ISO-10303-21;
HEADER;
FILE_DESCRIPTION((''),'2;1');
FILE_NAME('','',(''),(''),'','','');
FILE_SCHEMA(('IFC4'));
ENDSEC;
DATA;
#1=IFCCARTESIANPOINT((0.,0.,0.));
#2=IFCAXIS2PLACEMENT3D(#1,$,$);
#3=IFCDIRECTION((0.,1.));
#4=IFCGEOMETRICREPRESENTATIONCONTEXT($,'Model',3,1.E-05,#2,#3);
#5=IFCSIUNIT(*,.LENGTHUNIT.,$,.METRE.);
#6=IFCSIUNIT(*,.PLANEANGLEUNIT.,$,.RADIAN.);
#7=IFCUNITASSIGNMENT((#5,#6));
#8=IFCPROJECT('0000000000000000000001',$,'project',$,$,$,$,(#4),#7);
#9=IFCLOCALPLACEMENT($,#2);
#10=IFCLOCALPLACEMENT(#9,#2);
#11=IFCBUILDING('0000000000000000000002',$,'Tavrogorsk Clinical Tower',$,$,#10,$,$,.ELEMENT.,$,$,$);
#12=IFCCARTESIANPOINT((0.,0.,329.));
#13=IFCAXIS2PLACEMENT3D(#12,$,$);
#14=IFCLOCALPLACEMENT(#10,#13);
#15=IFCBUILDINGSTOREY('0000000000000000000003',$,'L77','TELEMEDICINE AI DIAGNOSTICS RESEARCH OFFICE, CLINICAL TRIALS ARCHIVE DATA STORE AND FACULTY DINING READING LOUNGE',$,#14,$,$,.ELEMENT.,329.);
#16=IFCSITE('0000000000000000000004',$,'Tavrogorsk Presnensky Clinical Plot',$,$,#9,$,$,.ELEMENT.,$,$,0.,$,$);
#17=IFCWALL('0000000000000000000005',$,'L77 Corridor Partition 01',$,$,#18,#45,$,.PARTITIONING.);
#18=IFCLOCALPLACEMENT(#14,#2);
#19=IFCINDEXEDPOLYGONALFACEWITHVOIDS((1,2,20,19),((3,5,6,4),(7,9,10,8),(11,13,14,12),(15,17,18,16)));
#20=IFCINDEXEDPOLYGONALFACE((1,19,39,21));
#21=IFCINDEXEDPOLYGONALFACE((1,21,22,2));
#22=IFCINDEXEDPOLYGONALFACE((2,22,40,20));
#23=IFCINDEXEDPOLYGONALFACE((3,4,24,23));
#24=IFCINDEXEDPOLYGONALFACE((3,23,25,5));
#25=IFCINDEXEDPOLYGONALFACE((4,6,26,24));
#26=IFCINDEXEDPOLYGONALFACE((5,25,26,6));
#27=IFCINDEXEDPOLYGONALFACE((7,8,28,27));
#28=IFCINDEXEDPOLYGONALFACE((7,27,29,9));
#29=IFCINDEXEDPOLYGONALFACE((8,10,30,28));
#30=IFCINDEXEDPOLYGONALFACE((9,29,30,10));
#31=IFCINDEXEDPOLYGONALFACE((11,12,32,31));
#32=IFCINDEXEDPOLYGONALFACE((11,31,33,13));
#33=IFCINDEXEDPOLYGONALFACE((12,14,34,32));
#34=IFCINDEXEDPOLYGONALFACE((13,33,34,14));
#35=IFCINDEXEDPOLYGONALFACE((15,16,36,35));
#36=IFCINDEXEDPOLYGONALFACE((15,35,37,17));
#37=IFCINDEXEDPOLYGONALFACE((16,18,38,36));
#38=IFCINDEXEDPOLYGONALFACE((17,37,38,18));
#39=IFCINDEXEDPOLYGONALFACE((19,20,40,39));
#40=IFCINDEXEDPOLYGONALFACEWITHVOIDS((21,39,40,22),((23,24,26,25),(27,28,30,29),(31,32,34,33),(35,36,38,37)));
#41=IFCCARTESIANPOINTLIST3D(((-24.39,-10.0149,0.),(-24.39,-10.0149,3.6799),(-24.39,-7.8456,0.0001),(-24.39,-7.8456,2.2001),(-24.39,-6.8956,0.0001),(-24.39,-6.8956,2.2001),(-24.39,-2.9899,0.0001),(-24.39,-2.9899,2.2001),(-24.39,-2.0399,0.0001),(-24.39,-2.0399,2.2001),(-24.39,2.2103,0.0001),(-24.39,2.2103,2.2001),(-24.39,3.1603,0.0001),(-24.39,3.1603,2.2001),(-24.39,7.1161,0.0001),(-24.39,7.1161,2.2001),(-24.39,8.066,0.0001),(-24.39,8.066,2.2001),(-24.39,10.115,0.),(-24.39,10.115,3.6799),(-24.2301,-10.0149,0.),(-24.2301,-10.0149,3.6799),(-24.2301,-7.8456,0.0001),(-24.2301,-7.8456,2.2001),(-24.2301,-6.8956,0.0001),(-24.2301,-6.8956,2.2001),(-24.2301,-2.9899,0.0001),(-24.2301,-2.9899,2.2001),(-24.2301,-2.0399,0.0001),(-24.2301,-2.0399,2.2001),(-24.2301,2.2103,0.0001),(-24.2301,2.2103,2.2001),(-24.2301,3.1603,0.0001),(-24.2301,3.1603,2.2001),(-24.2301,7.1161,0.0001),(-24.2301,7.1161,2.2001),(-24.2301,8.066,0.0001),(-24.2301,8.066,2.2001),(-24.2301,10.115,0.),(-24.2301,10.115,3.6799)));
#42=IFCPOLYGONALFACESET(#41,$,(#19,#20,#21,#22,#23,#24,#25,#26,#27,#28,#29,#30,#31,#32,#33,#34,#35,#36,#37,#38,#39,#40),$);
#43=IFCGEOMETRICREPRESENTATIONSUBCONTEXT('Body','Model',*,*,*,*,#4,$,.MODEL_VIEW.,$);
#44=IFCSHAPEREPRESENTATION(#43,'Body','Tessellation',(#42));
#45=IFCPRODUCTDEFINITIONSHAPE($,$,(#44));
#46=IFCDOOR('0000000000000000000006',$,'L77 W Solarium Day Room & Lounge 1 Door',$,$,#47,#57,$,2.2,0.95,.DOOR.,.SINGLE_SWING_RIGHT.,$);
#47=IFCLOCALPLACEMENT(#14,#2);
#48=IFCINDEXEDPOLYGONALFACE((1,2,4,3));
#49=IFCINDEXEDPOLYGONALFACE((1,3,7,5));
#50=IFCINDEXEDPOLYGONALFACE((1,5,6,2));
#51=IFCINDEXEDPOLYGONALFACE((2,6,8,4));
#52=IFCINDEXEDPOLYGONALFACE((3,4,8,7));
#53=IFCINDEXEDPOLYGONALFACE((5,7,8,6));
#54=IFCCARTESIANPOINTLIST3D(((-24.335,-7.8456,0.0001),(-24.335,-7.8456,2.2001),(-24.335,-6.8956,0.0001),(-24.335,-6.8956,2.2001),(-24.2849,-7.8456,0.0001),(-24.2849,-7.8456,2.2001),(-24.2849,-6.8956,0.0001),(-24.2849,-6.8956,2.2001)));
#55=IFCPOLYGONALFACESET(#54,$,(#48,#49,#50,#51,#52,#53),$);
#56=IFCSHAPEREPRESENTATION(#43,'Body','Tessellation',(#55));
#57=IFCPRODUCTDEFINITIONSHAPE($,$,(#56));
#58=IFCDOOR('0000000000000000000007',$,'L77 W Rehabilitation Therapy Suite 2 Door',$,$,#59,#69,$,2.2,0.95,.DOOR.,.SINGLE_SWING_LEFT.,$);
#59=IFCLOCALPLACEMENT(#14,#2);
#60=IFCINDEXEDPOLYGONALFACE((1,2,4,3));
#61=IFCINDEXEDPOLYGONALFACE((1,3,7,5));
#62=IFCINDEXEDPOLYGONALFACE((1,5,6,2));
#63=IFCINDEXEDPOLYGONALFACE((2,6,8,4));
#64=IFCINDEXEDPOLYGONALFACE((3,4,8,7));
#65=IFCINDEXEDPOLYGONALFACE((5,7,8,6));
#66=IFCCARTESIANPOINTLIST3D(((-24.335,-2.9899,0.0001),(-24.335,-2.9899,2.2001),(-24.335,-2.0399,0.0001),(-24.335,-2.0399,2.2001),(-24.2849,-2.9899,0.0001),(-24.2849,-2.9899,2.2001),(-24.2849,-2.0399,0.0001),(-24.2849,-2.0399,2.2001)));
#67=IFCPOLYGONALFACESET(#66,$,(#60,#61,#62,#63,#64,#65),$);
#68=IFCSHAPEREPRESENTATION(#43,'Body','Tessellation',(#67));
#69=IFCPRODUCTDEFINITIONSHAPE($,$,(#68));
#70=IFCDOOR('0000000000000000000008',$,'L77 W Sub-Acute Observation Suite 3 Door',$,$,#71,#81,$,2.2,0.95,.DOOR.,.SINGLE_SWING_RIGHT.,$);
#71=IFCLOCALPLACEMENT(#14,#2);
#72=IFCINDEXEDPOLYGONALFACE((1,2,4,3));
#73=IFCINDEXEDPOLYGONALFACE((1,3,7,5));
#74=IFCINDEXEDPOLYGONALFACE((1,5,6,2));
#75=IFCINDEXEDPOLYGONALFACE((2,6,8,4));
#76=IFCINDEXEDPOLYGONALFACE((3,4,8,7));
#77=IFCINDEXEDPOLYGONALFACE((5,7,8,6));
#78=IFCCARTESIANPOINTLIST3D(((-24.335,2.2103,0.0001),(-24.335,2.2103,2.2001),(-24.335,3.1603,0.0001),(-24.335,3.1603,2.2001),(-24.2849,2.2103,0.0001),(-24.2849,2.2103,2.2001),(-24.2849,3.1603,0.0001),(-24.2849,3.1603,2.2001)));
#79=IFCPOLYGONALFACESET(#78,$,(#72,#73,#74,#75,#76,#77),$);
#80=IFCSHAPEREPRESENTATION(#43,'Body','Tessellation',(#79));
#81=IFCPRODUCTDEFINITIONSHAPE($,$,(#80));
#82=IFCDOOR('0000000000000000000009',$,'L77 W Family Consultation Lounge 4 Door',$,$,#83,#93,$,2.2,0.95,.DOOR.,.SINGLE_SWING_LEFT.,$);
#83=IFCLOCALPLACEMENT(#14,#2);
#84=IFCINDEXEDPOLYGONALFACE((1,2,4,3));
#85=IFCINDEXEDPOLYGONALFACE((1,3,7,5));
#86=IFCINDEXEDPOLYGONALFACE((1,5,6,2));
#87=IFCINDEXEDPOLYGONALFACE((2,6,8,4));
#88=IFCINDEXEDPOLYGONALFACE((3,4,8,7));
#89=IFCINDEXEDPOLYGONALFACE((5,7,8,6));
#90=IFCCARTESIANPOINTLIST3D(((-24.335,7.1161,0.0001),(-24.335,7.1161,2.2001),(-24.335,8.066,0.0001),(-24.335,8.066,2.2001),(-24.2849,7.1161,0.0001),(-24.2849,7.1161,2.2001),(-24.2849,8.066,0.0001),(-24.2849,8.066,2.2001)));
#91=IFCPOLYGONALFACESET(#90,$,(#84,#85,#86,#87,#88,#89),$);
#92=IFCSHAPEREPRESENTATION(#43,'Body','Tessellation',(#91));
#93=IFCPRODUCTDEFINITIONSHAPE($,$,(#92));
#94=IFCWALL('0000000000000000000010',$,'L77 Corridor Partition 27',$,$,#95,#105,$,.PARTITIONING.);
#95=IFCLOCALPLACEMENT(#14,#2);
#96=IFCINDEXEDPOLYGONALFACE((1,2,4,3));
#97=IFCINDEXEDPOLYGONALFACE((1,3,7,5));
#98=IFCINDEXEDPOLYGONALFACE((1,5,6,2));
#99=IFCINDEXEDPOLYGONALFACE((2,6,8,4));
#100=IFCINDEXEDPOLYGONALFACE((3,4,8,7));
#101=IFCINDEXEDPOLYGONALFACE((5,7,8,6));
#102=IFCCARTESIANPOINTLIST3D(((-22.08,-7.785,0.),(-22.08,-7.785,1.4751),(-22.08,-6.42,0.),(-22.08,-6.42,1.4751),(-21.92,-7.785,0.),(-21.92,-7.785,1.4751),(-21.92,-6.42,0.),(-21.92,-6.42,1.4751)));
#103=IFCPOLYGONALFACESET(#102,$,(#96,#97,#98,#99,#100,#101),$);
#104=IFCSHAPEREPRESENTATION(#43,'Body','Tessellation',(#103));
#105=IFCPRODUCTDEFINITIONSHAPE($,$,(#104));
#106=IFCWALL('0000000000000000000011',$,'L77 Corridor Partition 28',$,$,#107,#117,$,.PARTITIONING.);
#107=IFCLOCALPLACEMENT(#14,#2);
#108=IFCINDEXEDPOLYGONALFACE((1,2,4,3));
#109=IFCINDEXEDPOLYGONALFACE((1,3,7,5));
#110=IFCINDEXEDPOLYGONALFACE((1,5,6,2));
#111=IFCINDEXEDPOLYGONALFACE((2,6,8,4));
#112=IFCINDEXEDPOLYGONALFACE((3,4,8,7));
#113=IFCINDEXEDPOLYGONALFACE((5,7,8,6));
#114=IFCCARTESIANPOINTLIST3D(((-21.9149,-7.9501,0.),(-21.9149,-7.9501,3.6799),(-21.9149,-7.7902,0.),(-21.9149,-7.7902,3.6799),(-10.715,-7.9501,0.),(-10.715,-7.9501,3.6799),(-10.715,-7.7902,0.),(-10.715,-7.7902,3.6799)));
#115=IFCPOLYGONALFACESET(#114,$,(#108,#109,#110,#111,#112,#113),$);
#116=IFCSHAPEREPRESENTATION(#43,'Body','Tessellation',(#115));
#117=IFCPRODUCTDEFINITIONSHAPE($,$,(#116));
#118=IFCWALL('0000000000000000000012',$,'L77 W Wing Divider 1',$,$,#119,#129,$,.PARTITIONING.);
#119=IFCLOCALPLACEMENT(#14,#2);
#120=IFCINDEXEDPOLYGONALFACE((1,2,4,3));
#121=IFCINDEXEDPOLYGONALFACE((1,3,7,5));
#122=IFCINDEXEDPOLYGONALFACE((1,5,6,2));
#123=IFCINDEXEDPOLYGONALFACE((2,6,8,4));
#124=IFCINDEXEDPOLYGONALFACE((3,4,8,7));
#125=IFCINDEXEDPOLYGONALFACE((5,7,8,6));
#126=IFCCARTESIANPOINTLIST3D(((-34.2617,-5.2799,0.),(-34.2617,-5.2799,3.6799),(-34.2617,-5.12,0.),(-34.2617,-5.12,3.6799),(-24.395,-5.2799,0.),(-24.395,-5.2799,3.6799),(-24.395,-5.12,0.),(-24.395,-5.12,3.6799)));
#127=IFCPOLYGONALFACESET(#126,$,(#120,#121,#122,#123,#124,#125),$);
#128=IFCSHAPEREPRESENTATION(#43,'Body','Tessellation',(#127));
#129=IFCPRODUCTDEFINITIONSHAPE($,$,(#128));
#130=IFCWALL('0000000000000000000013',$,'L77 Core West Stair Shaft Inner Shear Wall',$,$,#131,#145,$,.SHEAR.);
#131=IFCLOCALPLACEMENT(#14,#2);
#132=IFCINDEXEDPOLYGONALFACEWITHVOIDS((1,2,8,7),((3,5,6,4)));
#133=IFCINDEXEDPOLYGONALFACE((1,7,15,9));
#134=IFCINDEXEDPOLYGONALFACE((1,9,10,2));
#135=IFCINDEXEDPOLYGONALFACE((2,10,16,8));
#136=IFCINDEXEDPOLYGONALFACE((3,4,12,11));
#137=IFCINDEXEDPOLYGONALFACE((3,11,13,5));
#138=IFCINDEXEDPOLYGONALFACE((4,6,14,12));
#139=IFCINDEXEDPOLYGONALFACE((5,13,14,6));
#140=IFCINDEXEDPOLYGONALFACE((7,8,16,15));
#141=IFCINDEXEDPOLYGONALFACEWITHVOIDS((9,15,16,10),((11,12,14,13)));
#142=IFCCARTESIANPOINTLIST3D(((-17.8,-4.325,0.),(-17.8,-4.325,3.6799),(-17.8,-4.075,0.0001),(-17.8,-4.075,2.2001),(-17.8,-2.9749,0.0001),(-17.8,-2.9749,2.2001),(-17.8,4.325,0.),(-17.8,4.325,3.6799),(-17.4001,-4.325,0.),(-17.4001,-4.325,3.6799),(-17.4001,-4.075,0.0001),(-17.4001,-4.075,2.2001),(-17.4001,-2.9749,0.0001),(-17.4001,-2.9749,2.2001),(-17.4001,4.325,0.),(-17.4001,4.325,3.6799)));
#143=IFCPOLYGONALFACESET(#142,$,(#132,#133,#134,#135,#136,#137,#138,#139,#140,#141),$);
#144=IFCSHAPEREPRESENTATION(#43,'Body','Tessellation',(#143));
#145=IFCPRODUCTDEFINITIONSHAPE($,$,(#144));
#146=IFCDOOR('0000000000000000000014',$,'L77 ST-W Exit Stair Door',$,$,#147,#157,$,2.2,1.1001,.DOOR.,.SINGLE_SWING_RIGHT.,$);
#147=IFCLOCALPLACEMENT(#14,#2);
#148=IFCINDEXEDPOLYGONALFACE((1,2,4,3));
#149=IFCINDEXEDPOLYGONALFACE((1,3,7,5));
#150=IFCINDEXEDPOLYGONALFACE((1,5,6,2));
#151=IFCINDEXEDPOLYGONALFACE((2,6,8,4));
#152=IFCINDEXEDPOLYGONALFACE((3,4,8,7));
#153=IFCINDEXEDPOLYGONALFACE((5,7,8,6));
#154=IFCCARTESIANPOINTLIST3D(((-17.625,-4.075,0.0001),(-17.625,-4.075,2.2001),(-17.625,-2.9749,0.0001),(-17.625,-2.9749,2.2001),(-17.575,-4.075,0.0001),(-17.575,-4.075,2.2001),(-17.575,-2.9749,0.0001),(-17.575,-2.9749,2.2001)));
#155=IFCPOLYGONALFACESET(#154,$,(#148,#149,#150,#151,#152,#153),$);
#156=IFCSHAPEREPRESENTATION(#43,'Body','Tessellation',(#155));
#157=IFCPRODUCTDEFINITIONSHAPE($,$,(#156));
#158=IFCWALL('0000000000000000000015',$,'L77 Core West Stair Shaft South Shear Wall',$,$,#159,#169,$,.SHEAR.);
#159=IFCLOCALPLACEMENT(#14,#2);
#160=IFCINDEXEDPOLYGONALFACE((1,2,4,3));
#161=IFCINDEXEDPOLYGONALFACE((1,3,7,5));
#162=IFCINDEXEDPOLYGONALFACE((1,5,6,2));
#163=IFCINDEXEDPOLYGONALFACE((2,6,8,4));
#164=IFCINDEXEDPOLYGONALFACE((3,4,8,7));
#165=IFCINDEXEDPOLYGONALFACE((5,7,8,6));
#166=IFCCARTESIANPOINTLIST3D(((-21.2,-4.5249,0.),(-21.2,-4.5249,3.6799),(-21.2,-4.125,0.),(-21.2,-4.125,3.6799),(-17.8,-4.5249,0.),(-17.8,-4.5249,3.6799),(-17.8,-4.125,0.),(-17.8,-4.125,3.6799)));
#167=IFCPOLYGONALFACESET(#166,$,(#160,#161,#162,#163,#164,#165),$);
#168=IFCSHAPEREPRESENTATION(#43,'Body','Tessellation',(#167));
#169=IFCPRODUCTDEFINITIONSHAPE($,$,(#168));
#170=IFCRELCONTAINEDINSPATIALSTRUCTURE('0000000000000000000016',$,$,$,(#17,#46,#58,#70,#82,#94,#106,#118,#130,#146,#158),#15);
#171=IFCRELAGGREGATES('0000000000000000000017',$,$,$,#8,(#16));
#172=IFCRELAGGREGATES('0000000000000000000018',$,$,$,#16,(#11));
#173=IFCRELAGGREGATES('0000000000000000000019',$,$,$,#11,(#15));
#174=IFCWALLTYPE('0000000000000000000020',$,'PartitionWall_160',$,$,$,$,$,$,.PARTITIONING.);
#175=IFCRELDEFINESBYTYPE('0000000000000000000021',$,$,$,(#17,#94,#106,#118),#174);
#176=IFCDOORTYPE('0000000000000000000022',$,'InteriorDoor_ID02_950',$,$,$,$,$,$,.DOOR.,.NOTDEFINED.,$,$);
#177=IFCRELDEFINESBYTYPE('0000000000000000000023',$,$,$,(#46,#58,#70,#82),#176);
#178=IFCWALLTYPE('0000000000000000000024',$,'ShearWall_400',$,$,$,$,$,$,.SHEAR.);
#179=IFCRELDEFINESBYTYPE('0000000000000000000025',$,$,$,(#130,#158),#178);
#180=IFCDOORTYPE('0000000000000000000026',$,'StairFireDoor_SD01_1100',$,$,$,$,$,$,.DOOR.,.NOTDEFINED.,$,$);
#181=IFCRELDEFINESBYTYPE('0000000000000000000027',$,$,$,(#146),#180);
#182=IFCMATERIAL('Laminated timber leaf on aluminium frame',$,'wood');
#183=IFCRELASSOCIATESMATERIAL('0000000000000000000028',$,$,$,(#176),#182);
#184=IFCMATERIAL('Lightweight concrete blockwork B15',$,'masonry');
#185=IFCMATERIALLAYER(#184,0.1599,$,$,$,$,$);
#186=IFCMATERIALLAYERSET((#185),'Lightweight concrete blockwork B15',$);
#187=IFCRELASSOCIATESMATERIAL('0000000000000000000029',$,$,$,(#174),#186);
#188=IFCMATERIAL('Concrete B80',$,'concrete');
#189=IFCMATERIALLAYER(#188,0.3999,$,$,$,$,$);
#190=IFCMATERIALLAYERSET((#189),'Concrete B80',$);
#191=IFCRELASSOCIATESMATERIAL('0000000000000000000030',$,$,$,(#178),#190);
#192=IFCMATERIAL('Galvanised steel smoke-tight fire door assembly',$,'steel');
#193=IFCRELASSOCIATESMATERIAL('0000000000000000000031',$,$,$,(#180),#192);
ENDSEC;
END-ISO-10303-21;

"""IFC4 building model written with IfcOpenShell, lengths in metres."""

from ifc_helpers import new_model, si_unit, direction, frame, frame_2d, origin, place, context, subcontext, project, spatial, rectangle, extrude, material, layer, layer_set, type_object, element, fill, save


model = new_model("IFC4")

# Units and contexts
model_context = context("Model", 3, precision=1e-05, world=origin(), true_north=direction((0.0, 1.0)))
body_context = subcontext(model_context, "Body", "Model", "MODEL_VIEW")
ifc_project = project(units=[si_unit("LENGTHUNIT", "METRE"), si_unit("PLANEANGLEUNIT", "RADIAN")], contexts=[model_context])

# Site, building, storey
site_placement = place(None, origin())
site = spatial("IfcSite", under=ifc_project, at=site_placement, Name="Tavrogorsk Presnensky Clinical Plot", CompositionType="ELEMENT", RefElevation=0.0)
building_placement = place(site_placement, origin())
building = spatial("IfcBuilding", under=site, at=building_placement, Name="Tavrogorsk Clinical Tower", CompositionType="ELEMENT")
storey_placement = place(building_placement, frame((0.0, 0.0, 329.0)))
storey = spatial("IfcBuildingStorey", under=building, at=storey_placement, Name="L77", Description="TELEMEDICINE AI DIAGNOSTICS RESEARCH OFFICE, CLINICAL TRIALS ARCHIVE DATA STORE AND FACULTY DINING READING LOUNGE", CompositionType="ELEMENT", Elevation=329.0)

# Shared definitions
ifc_material_1 = material(Name="Laminated timber leaf on aluminium frame", Category="wood")
door_type_1 = type_object("IfcDoorType", Name="InteriorDoor_ID02_950", OperationType="NOTDEFINED", PredefinedType="DOOR", material=ifc_material_1)

# Wall, openings, doors
ifc_material_2 = material(Name="Lightweight concrete blockwork B15", Category="masonry")
ifc_layer_1 = layer(ifc_material_2, 0.1599)
ifc_layer_set_1 = layer_set([ifc_layer_1], Name="Lightweight concrete blockwork B15")
wall_type_1 = type_object("IfcWallType", Name="PartitionWall_160", PredefinedType="PARTITIONING", material=ifc_layer_set_1)
wall_1_placement = place(storey_placement, frame((-24.3101, -10.0149, 0.0), z_axis=(0.0, 0.0, 1.0), x_axis=(0.0, 1.0, 0.0)))
wall_1 = element("IfcWall", 1, at=wall_1_placement, inside=storey, type_object=wall_type_1, Name="L77 Corridor Partition 01", PredefinedType="PARTITIONING", context=body_context, shape_type="SweptSolid", body=[
    extrude(rectangle(XDim=20.1299, YDim=0.1599, at=frame_2d((10.0649, 0.0))), origin(), (0.0, 0.0, 1.0), 3.6799),
])
opening_1_placement = place(wall_1_placement, frame((2.1692, 0.0, 0.0)))
opening_1 = element("IfcOpeningElement", 2, at=opening_1_placement, cuts=wall_1, PredefinedType="OPENING", context=body_context, shape_type="SweptSolid", body=[
    extrude(rectangle(XDim=0.95, YDim=2.2, at=frame_2d((0.4751, 1.1001))), frame((0.0, 0.0898, 0.0), z_axis=(0.0, -1.0, 0.0), x_axis=(1.0, 0.0, 0.0)), (0.0, 0.0, 1.0), 0.1799),
])
opening_2_placement = place(wall_1_placement, frame((7.0249, 0.0, 0.0)))
opening_2 = element("IfcOpeningElement", 3, at=opening_2_placement, cuts=wall_1, PredefinedType="OPENING", context=body_context, shape_type="SweptSolid", body=[
    extrude(rectangle(XDim=0.95, YDim=2.2, at=frame_2d((0.4751, 1.1001))), frame((0.0, 0.0898, 0.0), z_axis=(0.0, -1.0, 0.0), x_axis=(1.0, 0.0, 0.0)), (0.0, 0.0, 1.0), 0.1799),
])
opening_3_placement = place(wall_1_placement, frame((12.2251, 0.0, 0.0)))
opening_3 = element("IfcOpeningElement", 4, at=opening_3_placement, cuts=wall_1, PredefinedType="OPENING", context=body_context, shape_type="SweptSolid", body=[
    extrude(rectangle(XDim=0.95, YDim=2.2, at=frame_2d((0.4751, 1.1001))), frame((0.0, 0.0898, 0.0), z_axis=(0.0, -1.0, 0.0), x_axis=(1.0, 0.0, 0.0)), (0.0, 0.0, 1.0), 0.1799),
])
opening_4_placement = place(wall_1_placement, frame((17.1309, 0.0, 0.0)))
opening_4 = element("IfcOpeningElement", 5, at=opening_4_placement, cuts=wall_1, PredefinedType="OPENING", context=body_context, shape_type="SweptSolid", body=[
    extrude(rectangle(XDim=0.95, YDim=2.2, at=frame_2d((0.4751, 1.1001))), frame((0.0, 0.0898, 0.0), z_axis=(0.0, -1.0, 0.0), x_axis=(1.0, 0.0, 0.0)), (0.0, 0.0, 1.0), 0.1799),
])
door_1_placement = place(opening_1_placement, origin())
door_1 = element("IfcDoor", 6, at=door_1_placement, inside=storey, type_object=door_type_1, Name="L77 W Solarium Day Room & Lounge 1 Door", OperationType="SINGLE_SWING_RIGHT", OverallHeight=2.2, OverallWidth=0.95, PredefinedType="DOOR", context=body_context, shape_type="SweptSolid", body=[
    extrude(rectangle(XDim=0.95, YDim=2.2, at=frame_2d((0.4751, 1.1001))), frame((0.0, 0.0249, 0.0), z_axis=(0.0, -1.0, 0.0), x_axis=(1.0, 0.0, 0.0)), (0.0, 0.0, 1.0), 0.05),
])
fill(opening_1, door_1)
door_2_placement = place(opening_2_placement, origin())
door_2 = element("IfcDoor", 7, at=door_2_placement, inside=storey, type_object=door_type_1, Name="L77 W Rehabilitation Therapy Suite 2 Door", OperationType="SINGLE_SWING_LEFT", OverallHeight=2.2, OverallWidth=0.95, PredefinedType="DOOR", context=body_context, shape_type="SweptSolid", body=[
    extrude(rectangle(XDim=0.95, YDim=2.2, at=frame_2d((0.4751, 1.1001))), frame((0.0, 0.0249, 0.0), z_axis=(0.0, -1.0, 0.0), x_axis=(1.0, 0.0, 0.0)), (0.0, 0.0, 1.0), 0.05),
])
fill(opening_2, door_2)
door_3_placement = place(opening_3_placement, origin())
door_3 = element("IfcDoor", 8, at=door_3_placement, inside=storey, type_object=door_type_1, Name="L77 W Sub-Acute Observation Suite 3 Door", OperationType="SINGLE_SWING_RIGHT", OverallHeight=2.2, OverallWidth=0.95, PredefinedType="DOOR", context=body_context, shape_type="SweptSolid", body=[
    extrude(rectangle(XDim=0.95, YDim=2.2, at=frame_2d((0.4751, 1.1001))), frame((0.0, 0.0249, 0.0), z_axis=(0.0, -1.0, 0.0), x_axis=(1.0, 0.0, 0.0)), (0.0, 0.0, 1.0), 0.05),
])
fill(opening_3, door_3)
door_4_placement = place(opening_4_placement, origin())
door_4 = element("IfcDoor", 9, at=door_4_placement, inside=storey, type_object=door_type_1, Name="L77 W Family Consultation Lounge 4 Door", OperationType="SINGLE_SWING_LEFT", OverallHeight=2.2, OverallWidth=0.95, PredefinedType="DOOR", context=body_context, shape_type="SweptSolid", body=[
    extrude(rectangle(XDim=0.95, YDim=2.2, at=frame_2d((0.4751, 1.1001))), frame((0.0, 0.0249, 0.0), z_axis=(0.0, -1.0, 0.0), x_axis=(1.0, 0.0, 0.0)), (0.0, 0.0, 1.0), 0.05),
])
fill(opening_4, door_4)

# Walls
wall_2_placement = place(storey_placement, frame((-22.0, -6.4199, 0.0), z_axis=(0.0, 0.0, 1.0), x_axis=(0.0, -1.0, 0.0)))
element("IfcWall", 10, at=wall_2_placement, inside=storey, type_object=wall_type_1, Name="L77 Corridor Partition 27", PredefinedType="PARTITIONING", context=body_context, shape_type="SweptSolid", body=[
    extrude(rectangle(XDim=1.365, YDim=0.1599, at=frame_2d((0.6826, 0.0))), origin(), (0.0, 0.0, 1.0), 1.4751),
])
wall_3_placement = place(storey_placement, frame((-21.915, -7.8701, 0.0), z_axis=(0.0, 0.0, 1.0), x_axis=(1.0, 0.0, 0.0)))
element("IfcWall", 11, at=wall_3_placement, inside=storey, type_object=wall_type_1, Name="L77 Corridor Partition 28", PredefinedType="PARTITIONING", context=body_context, shape_type="SweptSolid", body=[
    extrude(rectangle(XDim=11.2, YDim=0.1599, at=frame_2d((5.6001, 0.0))), origin(), (0.0, 0.0, 1.0), 3.6799),
])
wall_4_placement = place(storey_placement, frame((-34.2617, -5.2, 0.0), z_axis=(0.0, 0.0, 1.0), x_axis=(1.0, 0.0, 0.0)))
element("IfcWall", 12, at=wall_4_placement, inside=storey, type_object=wall_type_1, Name="L77 W Wing Divider 1", PredefinedType="PARTITIONING", context=body_context, shape_type="SweptSolid", body=[
    extrude(rectangle(XDim=9.8667, YDim=0.1599, at=frame_2d((4.9333, 0.0))), origin(), (0.0, 0.0, 1.0), 3.6799),
])

# Wall, opening, door
ifc_material_3 = material(Name="Concrete B80", Category="concrete")
ifc_layer_2 = layer(ifc_material_3, 0.3999)
ifc_layer_set_2 = layer_set([ifc_layer_2], Name="Concrete B80")
wall_type_2 = type_object("IfcWallType", Name="ShearWall_400", PredefinedType="SHEAR", material=ifc_layer_set_2)
wall_5_placement = place(storey_placement, frame((-17.6001, -4.325, 0.0), z_axis=(0.0, 0.0, 1.0), x_axis=(0.0, 1.0, 0.0)))
wall_5 = element("IfcWall", 13, at=wall_5_placement, inside=storey, type_object=wall_type_2, Name="L77 Core West Stair Shaft Inner Shear Wall", PredefinedType="SHEAR", context=body_context, shape_type="SweptSolid", body=[
    extrude(rectangle(XDim=8.6499, YDim=0.3999, at=frame_2d((4.325, 0.0))), origin(), (0.0, 0.0, 1.0), 3.6799),
])
opening_5_placement = place(wall_5_placement, frame((0.25, 0.0, 0.0)))
opening_5 = element("IfcOpeningElement", 14, at=opening_5_placement, cuts=wall_5, PredefinedType="OPENING", context=body_context, shape_type="SweptSolid", body=[
    extrude(rectangle(XDim=1.1001, YDim=2.2, at=frame_2d((0.55, 1.1001))), frame((0.0, 0.21, 0.0), z_axis=(0.0, -1.0, 0.0), x_axis=(1.0, 0.0, 0.0)), (0.0, 0.0, 1.0), 0.4199),
])
ifc_material_4 = material(Name="Galvanised steel smoke-tight fire door assembly", Category="steel")
door_type_2 = type_object("IfcDoorType", Name="StairFireDoor_SD01_1100", OperationType="NOTDEFINED", PredefinedType="DOOR", material=ifc_material_4)
door_5_placement = place(opening_5_placement, origin())
door_5 = element("IfcDoor", 15, at=door_5_placement, inside=storey, type_object=door_type_2, Name="L77 ST-W Exit Stair Door", OperationType="SINGLE_SWING_RIGHT", OverallHeight=2.2, OverallWidth=1.1001, PredefinedType="DOOR", context=body_context, shape_type="SweptSolid", body=[
    extrude(rectangle(XDim=1.1001, YDim=2.2, at=frame_2d((0.55, 1.1001))), frame((0.0, 0.0249, 0.0), z_axis=(0.0, -1.0, 0.0), x_axis=(1.0, 0.0, 0.0)), (0.0, 0.0, 1.0), 0.05),
])
fill(opening_5, door_5)

# Wall
wall_6_placement = place(storey_placement, frame((-21.2, -4.325, 0.0), z_axis=(0.0, 0.0, 1.0), x_axis=(1.0, 0.0, 0.0)))
element("IfcWall", 16, at=wall_6_placement, inside=storey, type_object=wall_type_2, Name="L77 Core West Stair Shaft South Shear Wall", PredefinedType="SHEAR", context=body_context, shape_type="SweptSolid", body=[
    extrude(rectangle(XDim=3.3999, YDim=0.3999, at=frame_2d((1.7, 0.0))), origin(), (0.0, 0.0, 1.0), 3.6799),
])

save(model, "model.ifc")
